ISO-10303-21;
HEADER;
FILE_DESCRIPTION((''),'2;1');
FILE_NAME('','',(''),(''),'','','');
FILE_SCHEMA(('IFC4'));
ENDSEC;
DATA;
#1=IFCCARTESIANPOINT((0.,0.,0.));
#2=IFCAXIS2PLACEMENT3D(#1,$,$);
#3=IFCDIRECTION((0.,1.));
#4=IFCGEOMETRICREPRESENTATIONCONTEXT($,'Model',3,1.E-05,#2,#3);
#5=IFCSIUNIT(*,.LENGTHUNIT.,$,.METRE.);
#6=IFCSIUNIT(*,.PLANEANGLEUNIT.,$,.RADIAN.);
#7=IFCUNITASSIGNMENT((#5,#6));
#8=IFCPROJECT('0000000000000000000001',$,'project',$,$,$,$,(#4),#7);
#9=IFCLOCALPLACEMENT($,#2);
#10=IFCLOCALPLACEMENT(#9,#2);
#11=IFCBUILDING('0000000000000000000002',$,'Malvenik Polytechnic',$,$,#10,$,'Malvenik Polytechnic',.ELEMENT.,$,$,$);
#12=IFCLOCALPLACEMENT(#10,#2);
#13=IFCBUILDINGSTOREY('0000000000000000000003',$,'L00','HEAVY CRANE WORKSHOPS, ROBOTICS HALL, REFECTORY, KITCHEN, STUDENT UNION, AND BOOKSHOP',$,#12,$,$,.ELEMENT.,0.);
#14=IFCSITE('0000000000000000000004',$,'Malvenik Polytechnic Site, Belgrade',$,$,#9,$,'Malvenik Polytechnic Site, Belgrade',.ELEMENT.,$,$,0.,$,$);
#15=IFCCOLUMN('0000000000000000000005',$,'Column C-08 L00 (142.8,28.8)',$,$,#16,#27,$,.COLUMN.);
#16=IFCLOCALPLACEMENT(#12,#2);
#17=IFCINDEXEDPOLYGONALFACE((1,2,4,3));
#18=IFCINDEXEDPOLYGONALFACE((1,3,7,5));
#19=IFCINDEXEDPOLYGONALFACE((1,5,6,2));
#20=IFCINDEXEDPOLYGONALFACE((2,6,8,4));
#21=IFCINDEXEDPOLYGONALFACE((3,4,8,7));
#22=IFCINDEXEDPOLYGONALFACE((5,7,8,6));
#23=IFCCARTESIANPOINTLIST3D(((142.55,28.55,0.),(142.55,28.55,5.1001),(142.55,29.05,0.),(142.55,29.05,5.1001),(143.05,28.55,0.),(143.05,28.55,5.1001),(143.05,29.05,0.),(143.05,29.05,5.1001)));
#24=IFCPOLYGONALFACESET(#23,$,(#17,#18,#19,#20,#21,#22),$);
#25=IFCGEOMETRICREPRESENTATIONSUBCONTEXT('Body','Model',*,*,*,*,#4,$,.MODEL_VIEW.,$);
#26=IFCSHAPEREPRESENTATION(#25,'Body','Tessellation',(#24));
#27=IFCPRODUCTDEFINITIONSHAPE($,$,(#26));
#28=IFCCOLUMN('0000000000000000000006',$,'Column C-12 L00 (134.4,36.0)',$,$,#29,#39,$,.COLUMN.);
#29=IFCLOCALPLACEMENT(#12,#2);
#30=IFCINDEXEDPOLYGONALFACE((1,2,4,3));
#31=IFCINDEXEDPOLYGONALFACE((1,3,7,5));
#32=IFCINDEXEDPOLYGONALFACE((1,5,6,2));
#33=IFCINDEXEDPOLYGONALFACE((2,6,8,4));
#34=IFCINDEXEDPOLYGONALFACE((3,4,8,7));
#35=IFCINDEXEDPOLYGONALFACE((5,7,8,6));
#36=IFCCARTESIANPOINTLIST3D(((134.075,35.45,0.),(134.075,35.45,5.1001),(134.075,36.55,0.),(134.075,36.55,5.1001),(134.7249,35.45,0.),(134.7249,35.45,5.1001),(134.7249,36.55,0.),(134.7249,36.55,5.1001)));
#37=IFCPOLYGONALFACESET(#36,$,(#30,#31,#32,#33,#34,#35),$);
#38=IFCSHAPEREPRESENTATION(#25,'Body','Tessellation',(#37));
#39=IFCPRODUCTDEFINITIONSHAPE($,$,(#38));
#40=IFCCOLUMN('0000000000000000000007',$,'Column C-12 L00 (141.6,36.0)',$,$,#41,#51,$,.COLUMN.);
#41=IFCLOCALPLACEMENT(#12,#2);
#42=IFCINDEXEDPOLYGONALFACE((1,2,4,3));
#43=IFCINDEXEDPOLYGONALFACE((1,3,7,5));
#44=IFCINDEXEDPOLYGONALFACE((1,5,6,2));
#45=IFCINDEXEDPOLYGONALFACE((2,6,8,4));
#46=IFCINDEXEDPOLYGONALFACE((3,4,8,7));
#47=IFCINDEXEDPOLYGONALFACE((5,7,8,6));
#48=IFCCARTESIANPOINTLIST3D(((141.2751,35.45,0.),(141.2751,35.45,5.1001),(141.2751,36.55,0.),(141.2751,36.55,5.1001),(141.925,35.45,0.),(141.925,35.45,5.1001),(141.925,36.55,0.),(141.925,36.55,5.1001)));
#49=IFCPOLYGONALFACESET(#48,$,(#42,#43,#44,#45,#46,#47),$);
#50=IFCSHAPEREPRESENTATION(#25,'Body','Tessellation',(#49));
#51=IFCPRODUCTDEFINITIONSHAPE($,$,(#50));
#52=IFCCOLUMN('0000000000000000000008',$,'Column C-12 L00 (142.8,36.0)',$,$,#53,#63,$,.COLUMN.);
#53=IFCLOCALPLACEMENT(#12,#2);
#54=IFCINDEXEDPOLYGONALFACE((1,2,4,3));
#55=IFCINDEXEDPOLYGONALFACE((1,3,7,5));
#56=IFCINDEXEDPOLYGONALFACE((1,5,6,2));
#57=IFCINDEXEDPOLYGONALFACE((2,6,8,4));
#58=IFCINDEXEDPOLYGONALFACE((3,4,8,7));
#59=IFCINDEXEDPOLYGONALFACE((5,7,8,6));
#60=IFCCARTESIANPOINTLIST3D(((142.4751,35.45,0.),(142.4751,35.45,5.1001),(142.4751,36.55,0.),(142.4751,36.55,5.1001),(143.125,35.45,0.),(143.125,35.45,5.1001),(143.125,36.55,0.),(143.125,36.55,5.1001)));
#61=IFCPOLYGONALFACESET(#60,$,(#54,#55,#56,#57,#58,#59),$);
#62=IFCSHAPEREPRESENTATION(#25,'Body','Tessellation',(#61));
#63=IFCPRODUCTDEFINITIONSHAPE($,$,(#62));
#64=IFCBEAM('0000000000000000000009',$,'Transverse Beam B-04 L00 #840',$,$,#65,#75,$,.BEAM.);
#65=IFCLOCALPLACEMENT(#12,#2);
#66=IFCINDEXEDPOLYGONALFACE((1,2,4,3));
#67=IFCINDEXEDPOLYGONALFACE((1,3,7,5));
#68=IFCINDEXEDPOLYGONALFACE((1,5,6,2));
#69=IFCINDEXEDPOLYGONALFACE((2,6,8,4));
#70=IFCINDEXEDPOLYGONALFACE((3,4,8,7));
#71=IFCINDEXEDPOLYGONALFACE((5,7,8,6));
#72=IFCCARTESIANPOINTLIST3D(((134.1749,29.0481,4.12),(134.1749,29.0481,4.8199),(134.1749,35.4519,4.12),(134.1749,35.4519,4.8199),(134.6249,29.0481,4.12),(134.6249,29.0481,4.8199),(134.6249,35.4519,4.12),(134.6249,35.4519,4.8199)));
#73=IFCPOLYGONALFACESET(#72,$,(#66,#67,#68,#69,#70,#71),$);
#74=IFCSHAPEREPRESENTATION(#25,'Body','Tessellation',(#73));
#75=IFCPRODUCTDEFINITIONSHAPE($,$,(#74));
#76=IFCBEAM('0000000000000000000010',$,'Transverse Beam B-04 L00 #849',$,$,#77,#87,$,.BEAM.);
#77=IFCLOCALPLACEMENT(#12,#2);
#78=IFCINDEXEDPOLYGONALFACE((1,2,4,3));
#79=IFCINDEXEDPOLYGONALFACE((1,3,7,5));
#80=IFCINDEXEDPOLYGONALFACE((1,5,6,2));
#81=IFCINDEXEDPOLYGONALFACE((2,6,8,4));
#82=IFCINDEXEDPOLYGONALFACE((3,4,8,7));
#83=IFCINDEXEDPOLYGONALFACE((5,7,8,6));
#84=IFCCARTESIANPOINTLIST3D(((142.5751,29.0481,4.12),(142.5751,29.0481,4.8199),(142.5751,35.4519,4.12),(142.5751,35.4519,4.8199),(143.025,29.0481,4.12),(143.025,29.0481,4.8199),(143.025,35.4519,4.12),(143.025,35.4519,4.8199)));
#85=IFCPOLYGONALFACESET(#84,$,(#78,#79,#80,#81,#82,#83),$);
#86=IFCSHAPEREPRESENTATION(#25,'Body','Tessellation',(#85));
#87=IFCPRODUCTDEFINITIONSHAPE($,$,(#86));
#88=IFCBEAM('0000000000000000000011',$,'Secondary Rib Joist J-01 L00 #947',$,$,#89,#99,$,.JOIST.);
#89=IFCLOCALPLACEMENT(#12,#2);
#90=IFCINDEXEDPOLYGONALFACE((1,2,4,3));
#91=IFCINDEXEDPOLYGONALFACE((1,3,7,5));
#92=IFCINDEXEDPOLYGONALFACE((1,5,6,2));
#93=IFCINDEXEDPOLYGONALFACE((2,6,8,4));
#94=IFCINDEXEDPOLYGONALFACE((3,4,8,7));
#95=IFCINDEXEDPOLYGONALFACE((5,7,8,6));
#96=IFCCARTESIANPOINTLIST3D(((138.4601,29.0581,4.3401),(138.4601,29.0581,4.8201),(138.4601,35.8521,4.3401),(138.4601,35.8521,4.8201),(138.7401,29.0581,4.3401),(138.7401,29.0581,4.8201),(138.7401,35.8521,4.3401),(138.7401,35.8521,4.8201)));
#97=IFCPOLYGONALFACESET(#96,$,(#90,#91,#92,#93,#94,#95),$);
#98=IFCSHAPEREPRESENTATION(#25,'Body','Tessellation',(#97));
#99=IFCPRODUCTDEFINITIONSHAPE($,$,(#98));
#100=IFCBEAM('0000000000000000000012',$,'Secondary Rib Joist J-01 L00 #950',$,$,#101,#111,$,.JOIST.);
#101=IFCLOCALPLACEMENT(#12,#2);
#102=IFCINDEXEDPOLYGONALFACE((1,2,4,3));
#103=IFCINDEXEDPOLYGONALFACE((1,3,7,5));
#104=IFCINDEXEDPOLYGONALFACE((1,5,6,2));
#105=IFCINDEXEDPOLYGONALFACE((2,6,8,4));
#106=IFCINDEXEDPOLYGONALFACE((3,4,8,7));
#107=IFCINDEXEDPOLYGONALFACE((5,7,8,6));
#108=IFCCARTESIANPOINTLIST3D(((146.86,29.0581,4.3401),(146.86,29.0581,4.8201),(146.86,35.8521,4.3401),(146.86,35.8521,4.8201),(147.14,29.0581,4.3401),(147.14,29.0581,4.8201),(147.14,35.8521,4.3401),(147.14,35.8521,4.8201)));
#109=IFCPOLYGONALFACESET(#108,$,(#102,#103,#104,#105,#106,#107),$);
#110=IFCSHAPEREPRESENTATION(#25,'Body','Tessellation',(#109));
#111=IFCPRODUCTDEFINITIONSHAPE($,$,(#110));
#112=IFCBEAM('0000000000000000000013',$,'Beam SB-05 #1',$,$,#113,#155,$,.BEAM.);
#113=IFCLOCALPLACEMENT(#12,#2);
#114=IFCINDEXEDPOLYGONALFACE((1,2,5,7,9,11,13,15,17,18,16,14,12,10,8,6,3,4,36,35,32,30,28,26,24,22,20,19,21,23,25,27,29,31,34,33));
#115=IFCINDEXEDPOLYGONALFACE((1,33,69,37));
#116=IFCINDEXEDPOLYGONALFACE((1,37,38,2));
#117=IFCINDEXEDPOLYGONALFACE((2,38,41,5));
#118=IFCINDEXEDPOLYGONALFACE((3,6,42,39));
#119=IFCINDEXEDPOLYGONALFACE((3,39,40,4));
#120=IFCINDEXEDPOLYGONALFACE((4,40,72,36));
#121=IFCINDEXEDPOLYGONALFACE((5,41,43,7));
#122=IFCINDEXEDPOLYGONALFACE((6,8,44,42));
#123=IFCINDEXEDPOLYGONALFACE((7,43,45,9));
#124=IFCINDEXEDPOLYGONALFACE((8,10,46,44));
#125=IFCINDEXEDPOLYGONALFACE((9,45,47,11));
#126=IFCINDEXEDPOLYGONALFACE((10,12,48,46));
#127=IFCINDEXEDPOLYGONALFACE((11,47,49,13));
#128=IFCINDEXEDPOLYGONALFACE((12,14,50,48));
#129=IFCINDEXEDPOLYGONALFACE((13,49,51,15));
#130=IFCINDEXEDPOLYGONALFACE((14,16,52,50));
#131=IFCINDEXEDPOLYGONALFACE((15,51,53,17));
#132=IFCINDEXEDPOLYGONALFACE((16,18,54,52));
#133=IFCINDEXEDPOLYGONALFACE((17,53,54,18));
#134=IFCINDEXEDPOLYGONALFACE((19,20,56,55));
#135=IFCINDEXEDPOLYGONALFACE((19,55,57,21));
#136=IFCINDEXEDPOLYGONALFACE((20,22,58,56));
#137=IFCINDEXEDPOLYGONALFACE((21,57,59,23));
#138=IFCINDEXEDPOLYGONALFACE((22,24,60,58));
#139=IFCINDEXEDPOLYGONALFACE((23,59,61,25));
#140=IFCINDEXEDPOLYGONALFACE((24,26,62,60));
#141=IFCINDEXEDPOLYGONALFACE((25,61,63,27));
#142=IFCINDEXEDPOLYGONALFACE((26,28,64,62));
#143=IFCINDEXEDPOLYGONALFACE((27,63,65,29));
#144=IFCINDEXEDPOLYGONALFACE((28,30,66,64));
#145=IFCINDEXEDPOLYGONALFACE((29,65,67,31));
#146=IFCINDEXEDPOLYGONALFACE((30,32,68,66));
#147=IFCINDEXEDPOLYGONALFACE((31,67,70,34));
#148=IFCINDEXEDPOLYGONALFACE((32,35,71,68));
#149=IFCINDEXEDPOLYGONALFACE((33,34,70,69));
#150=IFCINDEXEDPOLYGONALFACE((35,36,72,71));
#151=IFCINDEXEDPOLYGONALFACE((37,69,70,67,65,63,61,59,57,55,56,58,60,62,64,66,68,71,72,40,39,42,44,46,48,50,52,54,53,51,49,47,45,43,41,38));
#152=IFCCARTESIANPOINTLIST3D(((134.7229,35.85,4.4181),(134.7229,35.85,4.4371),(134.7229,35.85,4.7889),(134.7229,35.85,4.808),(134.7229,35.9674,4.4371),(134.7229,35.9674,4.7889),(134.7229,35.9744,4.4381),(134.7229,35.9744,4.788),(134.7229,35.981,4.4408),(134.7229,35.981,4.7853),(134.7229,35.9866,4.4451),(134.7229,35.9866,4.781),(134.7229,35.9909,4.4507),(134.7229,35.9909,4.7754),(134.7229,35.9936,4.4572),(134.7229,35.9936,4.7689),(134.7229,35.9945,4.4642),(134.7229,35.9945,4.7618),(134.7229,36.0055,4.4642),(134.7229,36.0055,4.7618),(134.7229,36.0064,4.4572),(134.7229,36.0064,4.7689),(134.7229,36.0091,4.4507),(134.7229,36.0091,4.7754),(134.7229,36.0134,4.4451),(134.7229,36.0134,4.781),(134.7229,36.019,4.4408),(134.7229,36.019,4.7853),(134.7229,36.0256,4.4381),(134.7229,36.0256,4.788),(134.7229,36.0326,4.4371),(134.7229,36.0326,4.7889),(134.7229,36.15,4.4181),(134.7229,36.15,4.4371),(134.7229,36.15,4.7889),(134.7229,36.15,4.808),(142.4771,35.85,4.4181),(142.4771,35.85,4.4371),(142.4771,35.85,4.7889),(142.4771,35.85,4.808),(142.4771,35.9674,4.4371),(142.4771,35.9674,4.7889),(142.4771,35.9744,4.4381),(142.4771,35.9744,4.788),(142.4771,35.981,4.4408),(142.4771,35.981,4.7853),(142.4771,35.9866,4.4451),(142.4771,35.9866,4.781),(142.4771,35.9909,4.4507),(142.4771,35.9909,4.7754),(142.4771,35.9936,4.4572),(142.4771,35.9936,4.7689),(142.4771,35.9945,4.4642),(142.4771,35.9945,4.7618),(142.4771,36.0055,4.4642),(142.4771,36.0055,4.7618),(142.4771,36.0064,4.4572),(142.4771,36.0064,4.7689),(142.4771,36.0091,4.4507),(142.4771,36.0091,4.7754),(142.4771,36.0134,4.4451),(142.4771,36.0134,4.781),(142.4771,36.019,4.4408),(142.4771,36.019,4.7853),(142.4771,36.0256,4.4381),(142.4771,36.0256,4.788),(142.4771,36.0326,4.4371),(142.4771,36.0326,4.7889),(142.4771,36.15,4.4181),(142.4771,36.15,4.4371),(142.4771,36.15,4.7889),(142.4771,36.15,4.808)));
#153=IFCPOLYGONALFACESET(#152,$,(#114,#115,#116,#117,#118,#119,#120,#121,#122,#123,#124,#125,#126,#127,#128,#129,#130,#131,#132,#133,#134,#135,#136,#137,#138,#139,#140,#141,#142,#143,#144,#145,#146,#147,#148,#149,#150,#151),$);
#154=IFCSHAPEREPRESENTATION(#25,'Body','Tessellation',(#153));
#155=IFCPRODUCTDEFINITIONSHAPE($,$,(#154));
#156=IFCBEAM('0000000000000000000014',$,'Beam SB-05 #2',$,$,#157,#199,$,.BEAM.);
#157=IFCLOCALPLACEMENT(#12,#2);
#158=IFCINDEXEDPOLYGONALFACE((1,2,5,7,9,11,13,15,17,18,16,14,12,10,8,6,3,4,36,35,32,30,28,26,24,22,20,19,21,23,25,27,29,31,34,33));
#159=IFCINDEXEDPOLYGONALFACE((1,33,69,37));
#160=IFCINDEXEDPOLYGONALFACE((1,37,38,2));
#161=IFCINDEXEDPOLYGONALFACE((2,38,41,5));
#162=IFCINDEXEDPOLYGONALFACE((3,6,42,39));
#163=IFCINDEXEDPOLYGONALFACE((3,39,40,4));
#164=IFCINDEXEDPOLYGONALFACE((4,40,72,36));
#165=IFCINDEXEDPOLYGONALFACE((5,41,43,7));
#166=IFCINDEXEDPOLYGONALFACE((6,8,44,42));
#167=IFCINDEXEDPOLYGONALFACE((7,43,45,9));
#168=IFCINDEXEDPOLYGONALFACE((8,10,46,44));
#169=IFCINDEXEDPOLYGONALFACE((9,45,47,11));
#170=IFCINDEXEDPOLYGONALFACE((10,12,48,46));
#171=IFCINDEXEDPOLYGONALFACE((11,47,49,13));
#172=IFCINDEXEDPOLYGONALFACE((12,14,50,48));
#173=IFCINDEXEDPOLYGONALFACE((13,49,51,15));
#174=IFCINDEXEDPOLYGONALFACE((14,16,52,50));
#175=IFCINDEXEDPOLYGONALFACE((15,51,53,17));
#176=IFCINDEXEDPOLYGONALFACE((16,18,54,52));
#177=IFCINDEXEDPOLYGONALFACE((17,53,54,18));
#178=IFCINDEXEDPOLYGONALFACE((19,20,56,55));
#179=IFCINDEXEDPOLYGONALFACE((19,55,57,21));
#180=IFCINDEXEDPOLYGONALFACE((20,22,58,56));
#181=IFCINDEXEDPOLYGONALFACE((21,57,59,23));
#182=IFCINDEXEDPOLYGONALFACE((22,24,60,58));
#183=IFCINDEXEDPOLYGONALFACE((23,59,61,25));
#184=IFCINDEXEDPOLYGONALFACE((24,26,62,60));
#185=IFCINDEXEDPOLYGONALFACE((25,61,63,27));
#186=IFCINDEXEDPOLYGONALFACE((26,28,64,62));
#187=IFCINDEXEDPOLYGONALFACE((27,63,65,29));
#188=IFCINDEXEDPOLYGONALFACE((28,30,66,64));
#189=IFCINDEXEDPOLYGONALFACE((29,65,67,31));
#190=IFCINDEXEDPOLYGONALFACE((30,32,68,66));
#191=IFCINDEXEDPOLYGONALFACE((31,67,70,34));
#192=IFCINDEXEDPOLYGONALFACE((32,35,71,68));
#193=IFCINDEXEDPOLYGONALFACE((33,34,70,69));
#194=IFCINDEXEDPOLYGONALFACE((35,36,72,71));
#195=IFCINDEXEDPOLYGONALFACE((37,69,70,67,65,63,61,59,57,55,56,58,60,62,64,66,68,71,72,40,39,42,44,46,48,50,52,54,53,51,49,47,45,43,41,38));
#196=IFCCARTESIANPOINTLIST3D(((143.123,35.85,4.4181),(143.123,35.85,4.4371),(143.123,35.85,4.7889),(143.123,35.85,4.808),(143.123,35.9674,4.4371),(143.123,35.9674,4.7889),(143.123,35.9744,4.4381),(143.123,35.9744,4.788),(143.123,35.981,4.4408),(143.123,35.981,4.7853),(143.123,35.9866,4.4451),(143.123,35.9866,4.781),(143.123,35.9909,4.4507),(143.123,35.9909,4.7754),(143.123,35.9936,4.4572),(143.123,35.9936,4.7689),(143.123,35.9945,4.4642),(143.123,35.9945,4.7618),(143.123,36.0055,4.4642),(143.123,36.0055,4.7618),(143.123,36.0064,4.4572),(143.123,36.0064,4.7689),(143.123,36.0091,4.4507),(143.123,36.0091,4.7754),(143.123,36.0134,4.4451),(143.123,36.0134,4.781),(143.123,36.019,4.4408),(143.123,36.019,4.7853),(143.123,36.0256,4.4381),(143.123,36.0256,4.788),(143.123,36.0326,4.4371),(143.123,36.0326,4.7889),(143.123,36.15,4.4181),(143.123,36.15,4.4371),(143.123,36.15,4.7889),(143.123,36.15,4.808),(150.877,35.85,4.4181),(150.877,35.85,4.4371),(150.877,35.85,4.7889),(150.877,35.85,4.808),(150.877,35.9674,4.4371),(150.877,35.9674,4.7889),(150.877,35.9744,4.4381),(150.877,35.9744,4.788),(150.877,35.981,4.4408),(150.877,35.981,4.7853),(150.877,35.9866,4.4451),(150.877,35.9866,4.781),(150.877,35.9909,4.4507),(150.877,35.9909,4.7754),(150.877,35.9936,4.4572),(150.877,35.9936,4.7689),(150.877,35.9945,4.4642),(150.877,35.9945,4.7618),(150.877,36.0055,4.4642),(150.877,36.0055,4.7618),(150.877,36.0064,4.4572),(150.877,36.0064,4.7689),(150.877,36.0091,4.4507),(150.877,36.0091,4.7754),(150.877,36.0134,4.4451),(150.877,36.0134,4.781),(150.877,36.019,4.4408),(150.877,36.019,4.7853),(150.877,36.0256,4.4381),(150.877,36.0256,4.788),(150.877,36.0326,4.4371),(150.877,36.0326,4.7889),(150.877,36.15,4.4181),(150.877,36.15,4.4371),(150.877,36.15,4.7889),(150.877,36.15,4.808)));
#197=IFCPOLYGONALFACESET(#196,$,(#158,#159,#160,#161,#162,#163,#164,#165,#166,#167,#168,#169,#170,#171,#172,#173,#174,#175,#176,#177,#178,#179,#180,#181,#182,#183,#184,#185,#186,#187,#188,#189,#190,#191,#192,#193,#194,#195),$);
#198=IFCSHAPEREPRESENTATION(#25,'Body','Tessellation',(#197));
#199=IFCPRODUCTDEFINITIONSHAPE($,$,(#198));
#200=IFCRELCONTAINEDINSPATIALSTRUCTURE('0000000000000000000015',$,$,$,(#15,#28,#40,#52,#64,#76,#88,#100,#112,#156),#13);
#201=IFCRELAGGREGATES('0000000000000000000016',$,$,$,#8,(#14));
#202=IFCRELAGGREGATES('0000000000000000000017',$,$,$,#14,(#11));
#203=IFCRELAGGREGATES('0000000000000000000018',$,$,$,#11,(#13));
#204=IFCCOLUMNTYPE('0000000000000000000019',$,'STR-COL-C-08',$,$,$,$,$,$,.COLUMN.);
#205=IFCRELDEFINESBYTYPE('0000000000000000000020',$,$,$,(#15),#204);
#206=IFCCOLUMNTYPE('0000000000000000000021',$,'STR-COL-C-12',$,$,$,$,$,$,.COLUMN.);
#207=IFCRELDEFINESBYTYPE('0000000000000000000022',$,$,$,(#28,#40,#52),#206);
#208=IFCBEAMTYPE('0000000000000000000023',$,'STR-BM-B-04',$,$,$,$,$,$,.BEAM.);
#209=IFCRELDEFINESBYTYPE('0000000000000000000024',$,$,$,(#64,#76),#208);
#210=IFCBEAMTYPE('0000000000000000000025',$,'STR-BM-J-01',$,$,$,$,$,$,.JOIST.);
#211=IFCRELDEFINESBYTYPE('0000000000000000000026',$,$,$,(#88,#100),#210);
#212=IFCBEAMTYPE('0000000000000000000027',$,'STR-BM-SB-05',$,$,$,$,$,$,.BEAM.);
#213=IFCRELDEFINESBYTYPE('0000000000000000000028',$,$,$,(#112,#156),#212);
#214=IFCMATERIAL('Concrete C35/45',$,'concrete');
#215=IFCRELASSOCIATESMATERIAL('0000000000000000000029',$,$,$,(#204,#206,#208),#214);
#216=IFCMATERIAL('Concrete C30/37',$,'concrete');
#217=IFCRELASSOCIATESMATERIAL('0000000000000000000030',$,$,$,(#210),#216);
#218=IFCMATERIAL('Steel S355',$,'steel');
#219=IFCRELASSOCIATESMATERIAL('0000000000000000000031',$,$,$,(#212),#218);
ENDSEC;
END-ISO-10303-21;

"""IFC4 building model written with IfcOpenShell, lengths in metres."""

from ifc_helpers import new_model, si_unit, direction, frame, origin, origin_2d, place, context, subcontext, project, spatial, rectangle, i_section, extrude, material, material_profile, profile_set, type_object, element, save


model = new_model("IFC4")

# Units and contexts
model_context = context("Model", 3, precision=1e-05, world=origin(), true_north=direction((0.0, 1.0)))
body_context = subcontext(model_context, "Body", "Model", "MODEL_VIEW")
ifc_project = project(units=[si_unit("LENGTHUNIT", "METRE"), si_unit("PLANEANGLEUNIT", "RADIAN")], contexts=[model_context])

# Site, building, storey
site_placement = place(None, origin())
site = spatial("IfcSite", under=ifc_project, at=site_placement, Name="Malvenik Polytechnic Site, Belgrade", LongName="Malvenik Polytechnic Site, Belgrade", CompositionType="ELEMENT", RefElevation=0.0)
building_placement = place(site_placement, origin())
building = spatial("IfcBuilding", under=site, at=building_placement, Name="Malvenik Polytechnic", LongName="Malvenik Polytechnic", CompositionType="ELEMENT")
storey_placement = place(building_placement, origin())
storey = spatial("IfcBuildingStorey", under=building, at=storey_placement, Name="L00", Description="HEAVY CRANE WORKSHOPS, ROBOTICS HALL, REFECTORY, KITCHEN, STUDENT UNION, AND BOOKSHOP", CompositionType="ELEMENT", Elevation=0.0)

# Columns
ifc_material_1 = material(Name="Concrete C35/45", Category="concrete")
ifc_material_profile_1 = material_profile(ifc_material_1, rectangle(XDim=0.5, YDim=0.5, at=origin_2d()), Name="RC COL 500x500")
ifc_profile_set_1 = profile_set([ifc_material_profile_1], Name="Concrete C35/45")
column_type_1 = type_object("IfcColumnType", Name="STR-COL-C-08", PredefinedType="COLUMN", material=ifc_profile_set_1)
column_placement = place(storey_placement, frame((142.8, 28.8, 0.0), z_axis=(0.0, 0.0, 1.0), x_axis=(1.0, 0.0, 0.0)))
element("IfcColumn", 1, at=column_placement, inside=storey, type_object=column_type_1, Name="Column C-08 L00 (142.8,28.8)", PredefinedType="COLUMN", context=body_context, shape_type="SweptSolid", body=[
    extrude(rectangle(XDim=0.5, YDim=0.5, at=origin_2d()), origin(), (0.0, 0.0, 1.0), 5.1001),
])
ifc_material_profile_2 = material_profile(ifc_material_1, rectangle(XDim=0.6499, YDim=1.1001, at=origin_2d()), Name="RC COL 1100x650")
ifc_profile_set_2 = profile_set([ifc_material_profile_2], Name="Concrete C35/45")
column_type_2 = type_object("IfcColumnType", Name="STR-COL-C-12", PredefinedType="COLUMN", material=ifc_profile_set_2)
for number, where, z_axis, x_axis, name in (
    (2, (134.3999, 36.0, 0.0), (0.0, 0.0, 1.0), (1.0, 0.0, 0.0), "Column C-12 L00 (134.4,36.0)"),
    (3, (141.6001, 36.0, 0.0), (0.0, 0.0, 1.0), (1.0, 0.0, 0.0), "Column C-12 L00 (141.6,36.0)"),
    (4, (142.8, 36.0, 0.0), (0.0, 0.0, 1.0), (1.0, 0.0, 0.0), "Column C-12 L00 (142.8,36.0)"),
):
    element("IfcColumn", number, at=place(storey_placement, frame(where, z_axis=z_axis, x_axis=x_axis)), inside=storey, type_object=column_type_2, Name=name, PredefinedType="COLUMN", context=body_context, shape_type="SweptSolid", body=[
        extrude(rectangle(XDim=0.6499, YDim=1.1001, at=origin_2d()), origin(), (0.0, 0.0, 1.0), 5.1001),
    ])

# Beams
ifc_material_profile_3 = material_profile(ifc_material_1, rectangle(XDim=0.45, YDim=0.7, at=origin_2d()), Name="RC BM 450x700")
ifc_profile_set_3 = profile_set([ifc_material_profile_3], Name="Concrete C35/45")
beam_type_1 = type_object("IfcBeamType", Name="STR-BM-B-04", PredefinedType="BEAM", material=ifc_profile_set_3)
for number, where, z_axis, x_axis, name in (
    (5, (134.3999, 29.0481, 4.47), (0.0, 1.0, 0.0), (-1.0, 0.0, 0.0), "Transverse Beam B-04 L00 #840"),
    (6, (142.8, 29.0481, 4.47), (0.0, 1.0, 0.0), (-1.0, 0.0, 0.0), "Transverse Beam B-04 L00 #849"),
):
    element("IfcBeam", number, at=place(storey_placement, frame(where, z_axis=z_axis, x_axis=x_axis)), inside=storey, type_object=beam_type_1, Name=name, PredefinedType="BEAM", context=body_context, shape_type="SweptSolid", body=[
        extrude(rectangle(XDim=0.45, YDim=0.7, at=origin_2d()), origin(), (0.0, 0.0, 1.0), 6.4038),
    ])
ifc_material_2 = material(Name="Concrete C30/37", Category="concrete")
ifc_material_profile_4 = material_profile(ifc_material_2, rectangle(XDim=0.28, YDim=0.48, at=origin_2d()), Name="RC JST 280x480")
ifc_profile_set_4 = profile_set([ifc_material_profile_4], Name="Concrete C30/37")
beam_type_2 = type_object("IfcBeamType", Name="STR-BM-J-01", PredefinedType="JOIST", material=ifc_profile_set_4)
for number, where, z_axis, x_axis, name in (
    (7, (138.6001, 29.0581, 4.5801), (0.0, 1.0, 0.0), (-1.0, 0.0, 0.0), "Secondary Rib Joist J-01 L00 #947"),
    (8, (147.0, 29.0581, 4.5801), (0.0, 1.0, 0.0), (-1.0, 0.0, 0.0), "Secondary Rib Joist J-01 L00 #950"),
):
    element("IfcBeam", number, at=place(storey_placement, frame(where, z_axis=z_axis, x_axis=x_axis)), inside=storey, type_object=beam_type_2, Name=name, PredefinedType="JOIST", context=body_context, shape_type="SweptSolid", body=[
        extrude(rectangle(XDim=0.28, YDim=0.48, at=origin_2d()), origin(), (0.0, 0.0, 1.0), 6.7939),
    ])
ifc_material_3 = material(Name="Steel S355", Category="steel")
ifc_material_profile_5 = material_profile(ifc_material_3, i_section(OverallWidth=0.3, OverallDepth=0.3899, WebThickness=0.011, FlangeThickness=0.019, FilletRadius=0.0271, at=origin_2d()), Name="HEA 400")
ifc_profile_set_5 = profile_set([ifc_material_profile_5], Name="Steel S355")
beam_type_3 = type_object("IfcBeamType", Name="STR-BM-SB-05", PredefinedType="BEAM", material=ifc_profile_set_5)
beam_1_placement = place(storey_placement, frame((134.7229, 36.0, 4.613), z_axis=(1.0, 0.0, 0.0), x_axis=(0.0, 1.0, 0.0)))
element("IfcBeam", 9, at=beam_1_placement, inside=storey, type_object=beam_type_3, Name="Beam SB-05 #1", PredefinedType="BEAM", context=body_context, shape_type="SweptSolid", body=[
    extrude(i_section(OverallWidth=0.3, OverallDepth=0.3899, WebThickness=0.011, FlangeThickness=0.019, FilletRadius=0.0271, at=origin_2d()), origin(), (0.0, 0.0, 1.0), 7.7542),
])
beam_2_placement = place(storey_placement, frame((143.123, 36.0, 4.613), z_axis=(1.0, 0.0, 0.0), x_axis=(0.0, 1.0, 0.0)))
element("IfcBeam", 10, at=beam_2_placement, inside=storey, type_object=beam_type_3, Name="Beam SB-05 #2", PredefinedType="BEAM", context=body_context, shape_type="SweptSolid", body=[
    extrude(i_section(OverallWidth=0.3, OverallDepth=0.3899, WebThickness=0.011, FlangeThickness=0.019, FilletRadius=0.0271, at=origin_2d()), origin(), (0.0, 0.0, 1.0), 7.7539),
])

save(model, "model.ifc")
